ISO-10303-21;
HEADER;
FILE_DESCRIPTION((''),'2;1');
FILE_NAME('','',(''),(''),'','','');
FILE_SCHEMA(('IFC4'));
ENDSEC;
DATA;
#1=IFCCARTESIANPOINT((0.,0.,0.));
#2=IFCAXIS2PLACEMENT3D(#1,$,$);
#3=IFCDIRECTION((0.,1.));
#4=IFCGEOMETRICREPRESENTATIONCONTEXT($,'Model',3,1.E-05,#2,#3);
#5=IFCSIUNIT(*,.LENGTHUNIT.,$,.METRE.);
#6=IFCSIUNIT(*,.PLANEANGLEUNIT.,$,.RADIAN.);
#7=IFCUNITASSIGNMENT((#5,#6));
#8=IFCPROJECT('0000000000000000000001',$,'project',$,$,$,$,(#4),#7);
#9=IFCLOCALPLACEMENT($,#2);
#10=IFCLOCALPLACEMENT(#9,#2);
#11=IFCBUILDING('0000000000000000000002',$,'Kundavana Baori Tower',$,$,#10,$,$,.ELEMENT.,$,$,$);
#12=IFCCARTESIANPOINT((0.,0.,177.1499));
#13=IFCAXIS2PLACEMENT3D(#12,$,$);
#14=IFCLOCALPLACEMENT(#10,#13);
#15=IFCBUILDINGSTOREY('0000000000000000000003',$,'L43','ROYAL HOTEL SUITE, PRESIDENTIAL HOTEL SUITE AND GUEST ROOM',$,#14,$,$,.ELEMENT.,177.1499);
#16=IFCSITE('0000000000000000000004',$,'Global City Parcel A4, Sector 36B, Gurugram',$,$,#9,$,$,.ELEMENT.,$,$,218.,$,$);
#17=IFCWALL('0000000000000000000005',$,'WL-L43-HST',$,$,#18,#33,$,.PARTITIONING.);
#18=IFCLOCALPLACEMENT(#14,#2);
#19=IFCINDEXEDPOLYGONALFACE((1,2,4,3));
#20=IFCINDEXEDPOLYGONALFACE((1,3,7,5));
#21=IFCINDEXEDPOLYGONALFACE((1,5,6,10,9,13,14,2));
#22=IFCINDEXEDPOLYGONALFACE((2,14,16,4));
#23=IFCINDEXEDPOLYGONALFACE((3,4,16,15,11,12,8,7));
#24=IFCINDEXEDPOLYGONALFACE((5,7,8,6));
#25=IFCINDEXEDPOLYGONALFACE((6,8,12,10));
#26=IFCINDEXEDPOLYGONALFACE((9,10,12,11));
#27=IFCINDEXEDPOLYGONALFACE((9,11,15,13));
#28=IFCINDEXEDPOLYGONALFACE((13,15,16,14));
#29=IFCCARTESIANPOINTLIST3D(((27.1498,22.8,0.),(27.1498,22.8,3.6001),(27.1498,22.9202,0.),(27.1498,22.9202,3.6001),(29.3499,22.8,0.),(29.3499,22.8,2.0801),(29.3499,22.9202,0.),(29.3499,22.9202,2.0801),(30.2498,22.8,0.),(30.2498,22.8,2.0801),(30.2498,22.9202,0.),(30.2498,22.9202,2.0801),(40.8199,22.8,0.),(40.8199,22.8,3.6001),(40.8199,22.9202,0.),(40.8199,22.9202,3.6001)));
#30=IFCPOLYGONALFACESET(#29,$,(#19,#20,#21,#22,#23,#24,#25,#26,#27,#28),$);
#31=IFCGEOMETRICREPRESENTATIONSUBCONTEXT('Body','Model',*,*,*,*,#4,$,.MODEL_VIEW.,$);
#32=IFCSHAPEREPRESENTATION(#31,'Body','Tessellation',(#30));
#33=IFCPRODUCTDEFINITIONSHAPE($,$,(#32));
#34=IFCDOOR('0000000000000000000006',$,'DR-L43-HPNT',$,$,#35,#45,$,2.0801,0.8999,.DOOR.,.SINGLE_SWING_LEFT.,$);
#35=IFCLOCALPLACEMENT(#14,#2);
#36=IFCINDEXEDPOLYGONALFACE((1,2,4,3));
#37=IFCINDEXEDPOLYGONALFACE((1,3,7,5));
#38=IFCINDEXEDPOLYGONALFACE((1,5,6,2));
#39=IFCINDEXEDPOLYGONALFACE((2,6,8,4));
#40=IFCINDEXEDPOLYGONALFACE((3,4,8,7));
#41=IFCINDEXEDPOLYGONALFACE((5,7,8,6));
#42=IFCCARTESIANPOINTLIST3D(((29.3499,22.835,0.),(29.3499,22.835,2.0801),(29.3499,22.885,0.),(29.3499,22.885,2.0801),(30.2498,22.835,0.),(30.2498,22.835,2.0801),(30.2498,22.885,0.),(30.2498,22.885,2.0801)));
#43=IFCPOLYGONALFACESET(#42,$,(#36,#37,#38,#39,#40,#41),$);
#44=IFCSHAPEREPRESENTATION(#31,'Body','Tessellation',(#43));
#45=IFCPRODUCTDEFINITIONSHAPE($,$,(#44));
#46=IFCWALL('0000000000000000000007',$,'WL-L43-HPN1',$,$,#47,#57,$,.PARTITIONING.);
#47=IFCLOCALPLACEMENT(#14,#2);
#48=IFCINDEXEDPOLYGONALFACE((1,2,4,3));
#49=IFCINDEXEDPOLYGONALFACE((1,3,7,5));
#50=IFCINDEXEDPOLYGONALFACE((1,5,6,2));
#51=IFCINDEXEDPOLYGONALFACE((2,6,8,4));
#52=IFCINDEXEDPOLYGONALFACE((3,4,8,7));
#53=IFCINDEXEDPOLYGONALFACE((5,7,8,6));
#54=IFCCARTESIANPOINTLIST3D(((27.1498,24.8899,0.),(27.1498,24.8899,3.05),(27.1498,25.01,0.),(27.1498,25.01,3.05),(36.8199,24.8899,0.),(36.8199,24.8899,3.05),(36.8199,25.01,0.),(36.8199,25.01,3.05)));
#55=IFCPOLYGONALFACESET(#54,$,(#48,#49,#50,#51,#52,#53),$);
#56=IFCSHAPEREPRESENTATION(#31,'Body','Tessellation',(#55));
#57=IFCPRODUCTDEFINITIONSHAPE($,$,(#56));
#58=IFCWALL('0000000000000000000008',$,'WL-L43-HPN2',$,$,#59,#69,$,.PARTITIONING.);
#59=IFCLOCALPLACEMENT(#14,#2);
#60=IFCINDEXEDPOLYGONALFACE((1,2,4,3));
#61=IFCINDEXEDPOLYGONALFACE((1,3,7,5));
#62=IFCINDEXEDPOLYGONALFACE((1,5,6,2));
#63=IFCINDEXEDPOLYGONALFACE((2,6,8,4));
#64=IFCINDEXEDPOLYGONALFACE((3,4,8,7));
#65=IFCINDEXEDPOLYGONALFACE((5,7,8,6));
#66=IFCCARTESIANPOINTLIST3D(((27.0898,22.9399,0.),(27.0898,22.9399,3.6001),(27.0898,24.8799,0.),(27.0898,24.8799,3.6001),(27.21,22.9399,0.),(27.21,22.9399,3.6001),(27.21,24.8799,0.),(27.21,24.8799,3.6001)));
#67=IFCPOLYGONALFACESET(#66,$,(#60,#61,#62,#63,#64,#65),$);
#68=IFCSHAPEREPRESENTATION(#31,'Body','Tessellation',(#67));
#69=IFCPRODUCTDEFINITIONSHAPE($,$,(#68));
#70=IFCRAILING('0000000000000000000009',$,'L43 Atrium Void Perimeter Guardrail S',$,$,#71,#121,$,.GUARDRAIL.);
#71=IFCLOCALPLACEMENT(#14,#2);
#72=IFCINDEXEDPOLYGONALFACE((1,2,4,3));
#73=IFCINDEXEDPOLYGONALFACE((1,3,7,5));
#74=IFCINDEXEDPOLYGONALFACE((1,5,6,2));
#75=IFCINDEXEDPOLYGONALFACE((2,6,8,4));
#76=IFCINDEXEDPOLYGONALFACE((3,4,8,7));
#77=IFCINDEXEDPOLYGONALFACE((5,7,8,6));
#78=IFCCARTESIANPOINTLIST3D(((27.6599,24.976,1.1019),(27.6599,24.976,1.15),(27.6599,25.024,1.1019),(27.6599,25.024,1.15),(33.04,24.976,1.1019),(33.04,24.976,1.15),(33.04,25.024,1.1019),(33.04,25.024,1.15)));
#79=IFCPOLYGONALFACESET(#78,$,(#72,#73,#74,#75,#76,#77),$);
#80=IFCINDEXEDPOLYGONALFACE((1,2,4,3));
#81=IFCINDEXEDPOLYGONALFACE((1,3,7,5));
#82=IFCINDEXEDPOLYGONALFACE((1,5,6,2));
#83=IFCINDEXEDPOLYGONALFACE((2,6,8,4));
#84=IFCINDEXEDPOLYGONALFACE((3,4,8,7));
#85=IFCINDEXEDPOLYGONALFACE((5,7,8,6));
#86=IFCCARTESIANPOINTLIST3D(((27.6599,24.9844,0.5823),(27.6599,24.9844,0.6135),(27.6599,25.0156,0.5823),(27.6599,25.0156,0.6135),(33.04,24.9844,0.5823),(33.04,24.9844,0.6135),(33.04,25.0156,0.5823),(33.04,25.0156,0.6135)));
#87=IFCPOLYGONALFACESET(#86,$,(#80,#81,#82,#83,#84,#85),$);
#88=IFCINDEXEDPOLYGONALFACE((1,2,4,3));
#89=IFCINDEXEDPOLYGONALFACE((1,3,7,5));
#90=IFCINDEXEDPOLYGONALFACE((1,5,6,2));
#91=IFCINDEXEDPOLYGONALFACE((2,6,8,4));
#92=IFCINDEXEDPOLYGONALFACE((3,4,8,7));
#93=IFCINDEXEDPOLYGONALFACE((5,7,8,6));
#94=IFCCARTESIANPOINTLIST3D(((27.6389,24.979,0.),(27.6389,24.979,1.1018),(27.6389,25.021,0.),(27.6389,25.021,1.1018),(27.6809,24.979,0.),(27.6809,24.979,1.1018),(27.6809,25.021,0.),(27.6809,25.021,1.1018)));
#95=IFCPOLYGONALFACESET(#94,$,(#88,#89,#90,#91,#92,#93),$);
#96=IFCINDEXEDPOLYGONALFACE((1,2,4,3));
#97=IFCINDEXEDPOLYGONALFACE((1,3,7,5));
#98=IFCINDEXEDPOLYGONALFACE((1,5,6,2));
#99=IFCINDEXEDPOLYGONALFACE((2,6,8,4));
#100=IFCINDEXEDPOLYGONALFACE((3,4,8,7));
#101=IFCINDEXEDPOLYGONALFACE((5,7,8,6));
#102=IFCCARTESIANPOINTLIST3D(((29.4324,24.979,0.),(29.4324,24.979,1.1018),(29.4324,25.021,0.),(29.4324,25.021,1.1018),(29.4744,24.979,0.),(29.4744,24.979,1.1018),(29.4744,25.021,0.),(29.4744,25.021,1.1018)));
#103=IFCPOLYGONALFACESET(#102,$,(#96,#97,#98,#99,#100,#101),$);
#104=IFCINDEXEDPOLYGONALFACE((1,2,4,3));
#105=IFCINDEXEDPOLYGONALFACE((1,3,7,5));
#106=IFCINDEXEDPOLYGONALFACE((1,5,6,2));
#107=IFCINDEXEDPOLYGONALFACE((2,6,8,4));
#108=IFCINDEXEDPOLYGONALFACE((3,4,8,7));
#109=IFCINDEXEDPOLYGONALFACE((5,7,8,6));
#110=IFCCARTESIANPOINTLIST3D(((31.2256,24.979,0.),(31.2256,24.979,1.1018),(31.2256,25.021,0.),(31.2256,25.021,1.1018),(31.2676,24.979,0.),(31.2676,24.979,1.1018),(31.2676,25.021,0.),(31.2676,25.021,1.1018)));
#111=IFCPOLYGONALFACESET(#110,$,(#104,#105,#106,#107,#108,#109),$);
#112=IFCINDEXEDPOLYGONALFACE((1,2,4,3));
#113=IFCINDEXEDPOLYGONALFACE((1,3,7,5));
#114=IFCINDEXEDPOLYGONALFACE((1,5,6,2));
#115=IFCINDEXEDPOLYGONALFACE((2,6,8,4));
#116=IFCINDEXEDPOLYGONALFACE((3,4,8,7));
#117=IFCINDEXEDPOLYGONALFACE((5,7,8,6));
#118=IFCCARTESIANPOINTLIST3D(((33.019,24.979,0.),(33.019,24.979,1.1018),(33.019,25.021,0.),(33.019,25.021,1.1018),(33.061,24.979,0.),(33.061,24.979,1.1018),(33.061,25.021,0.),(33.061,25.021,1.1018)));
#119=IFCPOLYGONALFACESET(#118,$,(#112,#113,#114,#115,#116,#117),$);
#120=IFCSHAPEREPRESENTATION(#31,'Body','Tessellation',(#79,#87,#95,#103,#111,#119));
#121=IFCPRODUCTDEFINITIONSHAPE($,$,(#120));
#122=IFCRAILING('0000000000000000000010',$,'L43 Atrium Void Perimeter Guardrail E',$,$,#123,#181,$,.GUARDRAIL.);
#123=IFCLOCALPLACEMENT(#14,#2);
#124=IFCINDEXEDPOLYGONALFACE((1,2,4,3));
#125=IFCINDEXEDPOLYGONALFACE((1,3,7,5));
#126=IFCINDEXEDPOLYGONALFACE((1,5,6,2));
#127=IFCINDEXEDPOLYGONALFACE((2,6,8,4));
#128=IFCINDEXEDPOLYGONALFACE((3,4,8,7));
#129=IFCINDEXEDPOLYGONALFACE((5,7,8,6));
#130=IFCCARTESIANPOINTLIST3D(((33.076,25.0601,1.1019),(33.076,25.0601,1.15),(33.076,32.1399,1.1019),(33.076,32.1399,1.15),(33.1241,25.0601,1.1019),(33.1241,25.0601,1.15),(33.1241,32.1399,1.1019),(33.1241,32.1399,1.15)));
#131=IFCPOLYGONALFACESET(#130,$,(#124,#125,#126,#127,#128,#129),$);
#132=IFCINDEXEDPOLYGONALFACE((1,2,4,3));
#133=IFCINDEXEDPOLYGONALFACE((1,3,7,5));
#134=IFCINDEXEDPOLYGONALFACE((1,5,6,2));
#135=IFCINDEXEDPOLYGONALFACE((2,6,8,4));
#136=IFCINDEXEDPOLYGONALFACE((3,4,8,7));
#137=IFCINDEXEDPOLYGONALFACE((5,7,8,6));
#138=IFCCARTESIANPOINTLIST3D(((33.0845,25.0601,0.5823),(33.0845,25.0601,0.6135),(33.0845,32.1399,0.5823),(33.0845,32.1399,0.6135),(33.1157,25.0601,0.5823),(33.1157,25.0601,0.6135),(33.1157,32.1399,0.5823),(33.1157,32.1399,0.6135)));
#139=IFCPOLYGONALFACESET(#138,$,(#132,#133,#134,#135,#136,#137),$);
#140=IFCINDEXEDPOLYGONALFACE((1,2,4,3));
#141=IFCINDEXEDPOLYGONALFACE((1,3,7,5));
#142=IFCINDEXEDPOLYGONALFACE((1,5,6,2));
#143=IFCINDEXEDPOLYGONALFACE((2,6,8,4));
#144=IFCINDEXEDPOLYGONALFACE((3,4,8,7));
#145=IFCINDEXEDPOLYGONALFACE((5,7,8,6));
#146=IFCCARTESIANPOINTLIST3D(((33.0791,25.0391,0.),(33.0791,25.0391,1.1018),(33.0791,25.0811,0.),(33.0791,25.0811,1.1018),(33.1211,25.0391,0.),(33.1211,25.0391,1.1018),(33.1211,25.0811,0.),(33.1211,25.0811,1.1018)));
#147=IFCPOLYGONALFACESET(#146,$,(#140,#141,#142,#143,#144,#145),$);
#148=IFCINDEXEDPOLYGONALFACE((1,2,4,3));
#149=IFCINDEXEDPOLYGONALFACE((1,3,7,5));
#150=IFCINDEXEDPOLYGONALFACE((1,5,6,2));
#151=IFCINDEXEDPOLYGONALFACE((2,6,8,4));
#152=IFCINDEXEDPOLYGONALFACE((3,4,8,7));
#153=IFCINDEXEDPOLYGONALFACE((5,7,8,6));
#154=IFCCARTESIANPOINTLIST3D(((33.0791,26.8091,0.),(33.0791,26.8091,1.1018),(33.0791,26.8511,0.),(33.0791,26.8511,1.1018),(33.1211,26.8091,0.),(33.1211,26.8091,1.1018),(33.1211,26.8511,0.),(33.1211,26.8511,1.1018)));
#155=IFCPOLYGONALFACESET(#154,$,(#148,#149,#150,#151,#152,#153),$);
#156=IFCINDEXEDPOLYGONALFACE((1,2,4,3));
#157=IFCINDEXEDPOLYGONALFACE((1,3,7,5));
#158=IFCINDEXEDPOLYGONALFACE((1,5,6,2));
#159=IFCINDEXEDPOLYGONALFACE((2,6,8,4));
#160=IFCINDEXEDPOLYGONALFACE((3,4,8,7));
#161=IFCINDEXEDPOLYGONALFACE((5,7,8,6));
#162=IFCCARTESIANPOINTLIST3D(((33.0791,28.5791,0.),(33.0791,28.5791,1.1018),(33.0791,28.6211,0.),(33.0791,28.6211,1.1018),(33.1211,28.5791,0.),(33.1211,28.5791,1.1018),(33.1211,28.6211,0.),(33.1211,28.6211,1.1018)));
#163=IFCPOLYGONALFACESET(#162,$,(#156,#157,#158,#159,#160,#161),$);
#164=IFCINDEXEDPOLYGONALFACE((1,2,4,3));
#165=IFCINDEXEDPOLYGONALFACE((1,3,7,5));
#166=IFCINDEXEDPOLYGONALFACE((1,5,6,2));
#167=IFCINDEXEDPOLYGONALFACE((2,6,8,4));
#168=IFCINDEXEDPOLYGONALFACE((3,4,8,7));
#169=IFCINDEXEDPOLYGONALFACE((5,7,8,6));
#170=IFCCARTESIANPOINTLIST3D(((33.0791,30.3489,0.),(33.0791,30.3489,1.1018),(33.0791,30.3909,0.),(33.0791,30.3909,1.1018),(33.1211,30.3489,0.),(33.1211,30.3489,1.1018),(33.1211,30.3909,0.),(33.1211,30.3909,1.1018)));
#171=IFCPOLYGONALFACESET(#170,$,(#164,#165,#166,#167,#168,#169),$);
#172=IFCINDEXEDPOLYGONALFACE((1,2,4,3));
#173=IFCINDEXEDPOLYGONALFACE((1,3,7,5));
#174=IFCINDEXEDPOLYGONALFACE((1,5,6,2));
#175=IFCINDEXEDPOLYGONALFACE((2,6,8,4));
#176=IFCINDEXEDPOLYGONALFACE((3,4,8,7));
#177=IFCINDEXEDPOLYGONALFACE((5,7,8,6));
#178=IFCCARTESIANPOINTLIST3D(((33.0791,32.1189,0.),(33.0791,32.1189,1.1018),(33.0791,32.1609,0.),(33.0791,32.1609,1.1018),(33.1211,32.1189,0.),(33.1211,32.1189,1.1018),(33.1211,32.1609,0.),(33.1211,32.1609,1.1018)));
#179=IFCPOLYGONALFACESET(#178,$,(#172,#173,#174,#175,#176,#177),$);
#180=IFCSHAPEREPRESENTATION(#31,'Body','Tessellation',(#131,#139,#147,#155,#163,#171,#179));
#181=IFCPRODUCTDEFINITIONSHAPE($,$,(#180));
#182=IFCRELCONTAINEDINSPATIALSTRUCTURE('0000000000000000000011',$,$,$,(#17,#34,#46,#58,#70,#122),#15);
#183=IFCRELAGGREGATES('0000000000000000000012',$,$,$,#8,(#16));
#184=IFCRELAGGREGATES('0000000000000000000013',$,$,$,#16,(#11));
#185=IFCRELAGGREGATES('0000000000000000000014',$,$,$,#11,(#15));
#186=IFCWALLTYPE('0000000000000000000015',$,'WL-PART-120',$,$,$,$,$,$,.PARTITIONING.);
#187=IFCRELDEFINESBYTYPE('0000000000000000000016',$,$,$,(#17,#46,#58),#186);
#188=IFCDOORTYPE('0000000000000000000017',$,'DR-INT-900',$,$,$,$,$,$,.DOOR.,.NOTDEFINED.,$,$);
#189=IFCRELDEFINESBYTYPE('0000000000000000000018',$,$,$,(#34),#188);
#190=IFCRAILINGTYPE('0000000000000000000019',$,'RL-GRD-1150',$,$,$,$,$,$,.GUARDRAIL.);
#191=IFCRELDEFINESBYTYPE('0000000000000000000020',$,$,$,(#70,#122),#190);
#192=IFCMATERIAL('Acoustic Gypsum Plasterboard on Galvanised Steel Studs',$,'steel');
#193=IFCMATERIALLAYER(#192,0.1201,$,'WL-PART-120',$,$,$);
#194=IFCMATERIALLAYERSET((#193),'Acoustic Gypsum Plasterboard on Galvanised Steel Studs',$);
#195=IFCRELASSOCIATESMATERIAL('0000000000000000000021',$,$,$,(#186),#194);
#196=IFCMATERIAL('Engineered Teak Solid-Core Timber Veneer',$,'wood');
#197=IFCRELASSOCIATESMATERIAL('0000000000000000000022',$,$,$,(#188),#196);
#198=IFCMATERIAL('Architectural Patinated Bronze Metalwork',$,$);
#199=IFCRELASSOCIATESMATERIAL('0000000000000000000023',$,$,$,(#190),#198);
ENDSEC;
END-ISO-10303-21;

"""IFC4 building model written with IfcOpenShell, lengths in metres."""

from ifc_helpers import new_model, si_unit, direction, frame, frame_2d, origin, origin_2d, place, context, subcontext, project, spatial, rectangle, extrude, material, layer, layer_set, type_object, element, fill, save


model = new_model("IFC4")

# Units and contexts
model_context = context("Model", 3, precision=1e-05, world=origin(), true_north=direction((0.0, 1.0)))
body_context = subcontext(model_context, "Body", "Model", "MODEL_VIEW")
ifc_project = project(units=[si_unit("LENGTHUNIT", "METRE"), si_unit("PLANEANGLEUNIT", "RADIAN")], contexts=[model_context])

# Site, building, storey
site_placement = place(None, origin())
site = spatial("IfcSite", under=ifc_project, at=site_placement, Name="Global City Parcel A4, Sector 36B, Gurugram", CompositionType="ELEMENT", RefElevation=218.0)
building_placement = place(site_placement, origin())
building = spatial("IfcBuilding", under=site, at=building_placement, Name="Kundavana Baori Tower", CompositionType="ELEMENT")
storey_placement = place(building_placement, frame((0.0, 0.0, 177.1499)))
storey = spatial("IfcBuildingStorey", under=building, at=storey_placement, Name="L43", Description="ROYAL HOTEL SUITE, PRESIDENTIAL HOTEL SUITE AND GUEST ROOM", CompositionType="ELEMENT", Elevation=177.1499)

# Shared definitions
ifc_material_1 = material(Name="Acoustic Gypsum Plasterboard on Galvanised Steel Studs", Category="steel")
ifc_layer = layer(ifc_material_1, 0.1201, Name="WL-PART-120")
ifc_layer_set = layer_set([ifc_layer], Name="Acoustic Gypsum Plasterboard on Galvanised Steel Studs")
wall_type = type_object("IfcWallType", Name="WL-PART-120", PredefinedType="PARTITIONING", material=ifc_layer_set)

# Wall, opening, door
wall_1_placement = place(storey_placement, frame((27.1499, 22.8601, 0.0), z_axis=(0.0, 0.0, 1.0), x_axis=(1.0, 0.0, 0.0)))
wall_1 = element("IfcWall", 1, at=wall_1_placement, inside=storey, type_object=wall_type, Name="WL-L43-HST", PredefinedType="PARTITIONING", context=body_context, shape_type="SweptSolid", body=[
    extrude(rectangle(XDim=13.6702, YDim=0.1201, at=frame_2d((6.835, 0.0))), origin(), (0.0, 0.0, 1.0), 3.6001),
])
opening_1_placement = place(wall_1_placement, frame((2.2, 0.0, 0.0)))
opening_1 = element("IfcOpeningElement", 2, at=opening_1_placement, cuts=wall_1, PredefinedType="OPENING", context=body_context, shape_type="SweptSolid", body=[
    extrude(rectangle(XDim=0.8999, YDim=2.0801, at=frame_2d((0.45, 1.04))), frame((0.0, 0.0701, 0.0), z_axis=(0.0, -1.0, 0.0), x_axis=(1.0, 0.0, 0.0)), (0.0, 0.0, 1.0), 0.1401),
])
ifc_material_2 = material(Name="Engineered Teak Solid-Core Timber Veneer", Category="wood")
door_type_1 = type_object("IfcDoorType", Name="DR-INT-900", OperationType="NOTDEFINED", PredefinedType="DOOR", material=ifc_material_2)
door_1_placement = place(opening_1_placement, origin())
door_1 = element("IfcDoor", 3, at=door_1_placement, inside=storey, type_object=door_type_1, Name="DR-L43-HPNT", OperationType="SINGLE_SWING_LEFT", OverallHeight=2.0801, OverallWidth=0.8999, PredefinedType="DOOR", context=body_context, shape_type="SweptSolid", body=[
    extrude(rectangle(XDim=0.8999, YDim=2.0801, at=frame_2d((0.45, 1.04))), frame((0.0, 0.0249, 0.0), z_axis=(0.0, -1.0, 0.0), x_axis=(1.0, 0.0, 0.0)), (0.0, 0.0, 1.0), 0.05),
])
fill(opening_1, door_1)

# Walls
wall_2_placement = place(storey_placement, frame((27.1499, 24.95, 0.0), z_axis=(0.0, 0.0, 1.0), x_axis=(1.0, 0.0, 0.0)))
element("IfcWall", 4, at=wall_2_placement, inside=storey, type_object=wall_type, Name="WL-L43-HPN1", PredefinedType="PARTITIONING", context=body_context, shape_type="SweptSolid", body=[
    extrude(rectangle(XDim=9.6702, YDim=0.1201, at=frame_2d((4.835, 0.0))), origin(), (0.0, 0.0, 1.0), 3.05),
])
wall_3_placement = place(storey_placement, frame((27.1499, 22.9399, 0.0), z_axis=(0.0, 0.0, 1.0), x_axis=(0.0, 1.0, 0.0)))
element("IfcWall", 5, at=wall_3_placement, inside=storey, type_object=wall_type, Name="WL-L43-HPN2", PredefinedType="PARTITIONING", context=body_context, shape_type="SweptSolid", body=[
    extrude(rectangle(XDim=1.9399, YDim=0.1201, at=frame_2d((0.97, 0.0))), origin(), (0.0, 0.0, 1.0), 3.6001),
])

# Railings
ifc_material_3 = material(Name="Architectural Patinated Bronze Metalwork")
railing_type = type_object("IfcRailingType", Name="RL-GRD-1150", PredefinedType="GUARDRAIL", material=ifc_material_3)
railing_1_placement = place(storey_placement, frame((27.6599, 25.0, 0.0)))
element("IfcRailing", 6, at=railing_1_placement, inside=storey, type_object=railing_type, Name="L43 Atrium Void Perimeter Guardrail S", PredefinedType="GUARDRAIL", context=body_context, shape_type="SweptSolid", body=[
    extrude(rectangle(XDim=0.0481, YDim=0.0481, at=origin_2d()), frame((0.0, 0.0, 1.126), z_axis=(1.0, 0.0, 0.0), x_axis=(0.0, 1.0, 0.0)), (0.0, 0.0, 1.0), 5.3801),
    extrude(rectangle(XDim=0.0312, YDim=0.0312, at=origin_2d()), frame((0.0, 0.0, 0.5979), z_axis=(1.0, 0.0, 0.0), x_axis=(0.0, 1.0, 0.0)), (0.0, 0.0, 1.0), 5.3801),
    extrude(rectangle(XDim=0.042, YDim=0.042, at=origin_2d()), origin(), (0.0, 0.0, 1.0), 1.1018),
    extrude(rectangle(XDim=0.042, YDim=0.042, at=origin_2d()), frame((1.7935, 0.0, 0.0)), (0.0, 0.0, 1.0), 1.1018),
    extrude(rectangle(XDim=0.042, YDim=0.042, at=origin_2d()), frame((3.5867, 0.0, 0.0)), (0.0, 0.0, 1.0), 1.1018),
    extrude(rectangle(XDim=0.042, YDim=0.042, at=origin_2d()), frame((5.3801, 0.0, 0.0)), (0.0, 0.0, 1.0), 1.1018),
])
railing_2_placement = place(storey_placement, frame((33.1001, 25.0601, 0.0)))
element("IfcRailing", 7, at=railing_2_placement, inside=storey, type_object=railing_type, Name="L43 Atrium Void Perimeter Guardrail E", PredefinedType="GUARDRAIL", context=body_context, shape_type="SweptSolid", body=[
    extrude(rectangle(XDim=0.0481, YDim=0.0481, at=origin_2d()), frame((0.0, 0.0, 1.126), z_axis=(0.0, 1.0, 0.0), x_axis=(-1.0, 0.0, 0.0)), (0.0, 0.0, 1.0), 7.0798),
    extrude(rectangle(XDim=0.0312, YDim=0.0312, at=origin_2d()), frame((0.0, 0.0, 0.5979), z_axis=(0.0, 1.0, 0.0), x_axis=(-1.0, 0.0, 0.0)), (0.0, 0.0, 1.0), 7.0798),
    extrude(rectangle(XDim=0.042, YDim=0.042, at=origin_2d()), origin(), (0.0, 0.0, 1.0), 1.1018),
    extrude(rectangle(XDim=0.042, YDim=0.042, at=origin_2d()), frame((0.0, 1.77, 0.0)), (0.0, 0.0, 1.0), 1.1018),
    extrude(rectangle(XDim=0.042, YDim=0.042, at=origin_2d()), frame((0.0, 3.54, 0.0)), (0.0, 0.0, 1.0), 1.1018),
    extrude(rectangle(XDim=0.042, YDim=0.042, at=origin_2d()), frame((0.0, 5.3098, 0.0)), (0.0, 0.0, 1.0), 1.1018),
    extrude(rectangle(XDim=0.042, YDim=0.042, at=origin_2d()), frame((0.0, 7.0798, 0.0)), (0.0, 0.0, 1.0), 1.1018),
])

save(model, "model.ifc")
